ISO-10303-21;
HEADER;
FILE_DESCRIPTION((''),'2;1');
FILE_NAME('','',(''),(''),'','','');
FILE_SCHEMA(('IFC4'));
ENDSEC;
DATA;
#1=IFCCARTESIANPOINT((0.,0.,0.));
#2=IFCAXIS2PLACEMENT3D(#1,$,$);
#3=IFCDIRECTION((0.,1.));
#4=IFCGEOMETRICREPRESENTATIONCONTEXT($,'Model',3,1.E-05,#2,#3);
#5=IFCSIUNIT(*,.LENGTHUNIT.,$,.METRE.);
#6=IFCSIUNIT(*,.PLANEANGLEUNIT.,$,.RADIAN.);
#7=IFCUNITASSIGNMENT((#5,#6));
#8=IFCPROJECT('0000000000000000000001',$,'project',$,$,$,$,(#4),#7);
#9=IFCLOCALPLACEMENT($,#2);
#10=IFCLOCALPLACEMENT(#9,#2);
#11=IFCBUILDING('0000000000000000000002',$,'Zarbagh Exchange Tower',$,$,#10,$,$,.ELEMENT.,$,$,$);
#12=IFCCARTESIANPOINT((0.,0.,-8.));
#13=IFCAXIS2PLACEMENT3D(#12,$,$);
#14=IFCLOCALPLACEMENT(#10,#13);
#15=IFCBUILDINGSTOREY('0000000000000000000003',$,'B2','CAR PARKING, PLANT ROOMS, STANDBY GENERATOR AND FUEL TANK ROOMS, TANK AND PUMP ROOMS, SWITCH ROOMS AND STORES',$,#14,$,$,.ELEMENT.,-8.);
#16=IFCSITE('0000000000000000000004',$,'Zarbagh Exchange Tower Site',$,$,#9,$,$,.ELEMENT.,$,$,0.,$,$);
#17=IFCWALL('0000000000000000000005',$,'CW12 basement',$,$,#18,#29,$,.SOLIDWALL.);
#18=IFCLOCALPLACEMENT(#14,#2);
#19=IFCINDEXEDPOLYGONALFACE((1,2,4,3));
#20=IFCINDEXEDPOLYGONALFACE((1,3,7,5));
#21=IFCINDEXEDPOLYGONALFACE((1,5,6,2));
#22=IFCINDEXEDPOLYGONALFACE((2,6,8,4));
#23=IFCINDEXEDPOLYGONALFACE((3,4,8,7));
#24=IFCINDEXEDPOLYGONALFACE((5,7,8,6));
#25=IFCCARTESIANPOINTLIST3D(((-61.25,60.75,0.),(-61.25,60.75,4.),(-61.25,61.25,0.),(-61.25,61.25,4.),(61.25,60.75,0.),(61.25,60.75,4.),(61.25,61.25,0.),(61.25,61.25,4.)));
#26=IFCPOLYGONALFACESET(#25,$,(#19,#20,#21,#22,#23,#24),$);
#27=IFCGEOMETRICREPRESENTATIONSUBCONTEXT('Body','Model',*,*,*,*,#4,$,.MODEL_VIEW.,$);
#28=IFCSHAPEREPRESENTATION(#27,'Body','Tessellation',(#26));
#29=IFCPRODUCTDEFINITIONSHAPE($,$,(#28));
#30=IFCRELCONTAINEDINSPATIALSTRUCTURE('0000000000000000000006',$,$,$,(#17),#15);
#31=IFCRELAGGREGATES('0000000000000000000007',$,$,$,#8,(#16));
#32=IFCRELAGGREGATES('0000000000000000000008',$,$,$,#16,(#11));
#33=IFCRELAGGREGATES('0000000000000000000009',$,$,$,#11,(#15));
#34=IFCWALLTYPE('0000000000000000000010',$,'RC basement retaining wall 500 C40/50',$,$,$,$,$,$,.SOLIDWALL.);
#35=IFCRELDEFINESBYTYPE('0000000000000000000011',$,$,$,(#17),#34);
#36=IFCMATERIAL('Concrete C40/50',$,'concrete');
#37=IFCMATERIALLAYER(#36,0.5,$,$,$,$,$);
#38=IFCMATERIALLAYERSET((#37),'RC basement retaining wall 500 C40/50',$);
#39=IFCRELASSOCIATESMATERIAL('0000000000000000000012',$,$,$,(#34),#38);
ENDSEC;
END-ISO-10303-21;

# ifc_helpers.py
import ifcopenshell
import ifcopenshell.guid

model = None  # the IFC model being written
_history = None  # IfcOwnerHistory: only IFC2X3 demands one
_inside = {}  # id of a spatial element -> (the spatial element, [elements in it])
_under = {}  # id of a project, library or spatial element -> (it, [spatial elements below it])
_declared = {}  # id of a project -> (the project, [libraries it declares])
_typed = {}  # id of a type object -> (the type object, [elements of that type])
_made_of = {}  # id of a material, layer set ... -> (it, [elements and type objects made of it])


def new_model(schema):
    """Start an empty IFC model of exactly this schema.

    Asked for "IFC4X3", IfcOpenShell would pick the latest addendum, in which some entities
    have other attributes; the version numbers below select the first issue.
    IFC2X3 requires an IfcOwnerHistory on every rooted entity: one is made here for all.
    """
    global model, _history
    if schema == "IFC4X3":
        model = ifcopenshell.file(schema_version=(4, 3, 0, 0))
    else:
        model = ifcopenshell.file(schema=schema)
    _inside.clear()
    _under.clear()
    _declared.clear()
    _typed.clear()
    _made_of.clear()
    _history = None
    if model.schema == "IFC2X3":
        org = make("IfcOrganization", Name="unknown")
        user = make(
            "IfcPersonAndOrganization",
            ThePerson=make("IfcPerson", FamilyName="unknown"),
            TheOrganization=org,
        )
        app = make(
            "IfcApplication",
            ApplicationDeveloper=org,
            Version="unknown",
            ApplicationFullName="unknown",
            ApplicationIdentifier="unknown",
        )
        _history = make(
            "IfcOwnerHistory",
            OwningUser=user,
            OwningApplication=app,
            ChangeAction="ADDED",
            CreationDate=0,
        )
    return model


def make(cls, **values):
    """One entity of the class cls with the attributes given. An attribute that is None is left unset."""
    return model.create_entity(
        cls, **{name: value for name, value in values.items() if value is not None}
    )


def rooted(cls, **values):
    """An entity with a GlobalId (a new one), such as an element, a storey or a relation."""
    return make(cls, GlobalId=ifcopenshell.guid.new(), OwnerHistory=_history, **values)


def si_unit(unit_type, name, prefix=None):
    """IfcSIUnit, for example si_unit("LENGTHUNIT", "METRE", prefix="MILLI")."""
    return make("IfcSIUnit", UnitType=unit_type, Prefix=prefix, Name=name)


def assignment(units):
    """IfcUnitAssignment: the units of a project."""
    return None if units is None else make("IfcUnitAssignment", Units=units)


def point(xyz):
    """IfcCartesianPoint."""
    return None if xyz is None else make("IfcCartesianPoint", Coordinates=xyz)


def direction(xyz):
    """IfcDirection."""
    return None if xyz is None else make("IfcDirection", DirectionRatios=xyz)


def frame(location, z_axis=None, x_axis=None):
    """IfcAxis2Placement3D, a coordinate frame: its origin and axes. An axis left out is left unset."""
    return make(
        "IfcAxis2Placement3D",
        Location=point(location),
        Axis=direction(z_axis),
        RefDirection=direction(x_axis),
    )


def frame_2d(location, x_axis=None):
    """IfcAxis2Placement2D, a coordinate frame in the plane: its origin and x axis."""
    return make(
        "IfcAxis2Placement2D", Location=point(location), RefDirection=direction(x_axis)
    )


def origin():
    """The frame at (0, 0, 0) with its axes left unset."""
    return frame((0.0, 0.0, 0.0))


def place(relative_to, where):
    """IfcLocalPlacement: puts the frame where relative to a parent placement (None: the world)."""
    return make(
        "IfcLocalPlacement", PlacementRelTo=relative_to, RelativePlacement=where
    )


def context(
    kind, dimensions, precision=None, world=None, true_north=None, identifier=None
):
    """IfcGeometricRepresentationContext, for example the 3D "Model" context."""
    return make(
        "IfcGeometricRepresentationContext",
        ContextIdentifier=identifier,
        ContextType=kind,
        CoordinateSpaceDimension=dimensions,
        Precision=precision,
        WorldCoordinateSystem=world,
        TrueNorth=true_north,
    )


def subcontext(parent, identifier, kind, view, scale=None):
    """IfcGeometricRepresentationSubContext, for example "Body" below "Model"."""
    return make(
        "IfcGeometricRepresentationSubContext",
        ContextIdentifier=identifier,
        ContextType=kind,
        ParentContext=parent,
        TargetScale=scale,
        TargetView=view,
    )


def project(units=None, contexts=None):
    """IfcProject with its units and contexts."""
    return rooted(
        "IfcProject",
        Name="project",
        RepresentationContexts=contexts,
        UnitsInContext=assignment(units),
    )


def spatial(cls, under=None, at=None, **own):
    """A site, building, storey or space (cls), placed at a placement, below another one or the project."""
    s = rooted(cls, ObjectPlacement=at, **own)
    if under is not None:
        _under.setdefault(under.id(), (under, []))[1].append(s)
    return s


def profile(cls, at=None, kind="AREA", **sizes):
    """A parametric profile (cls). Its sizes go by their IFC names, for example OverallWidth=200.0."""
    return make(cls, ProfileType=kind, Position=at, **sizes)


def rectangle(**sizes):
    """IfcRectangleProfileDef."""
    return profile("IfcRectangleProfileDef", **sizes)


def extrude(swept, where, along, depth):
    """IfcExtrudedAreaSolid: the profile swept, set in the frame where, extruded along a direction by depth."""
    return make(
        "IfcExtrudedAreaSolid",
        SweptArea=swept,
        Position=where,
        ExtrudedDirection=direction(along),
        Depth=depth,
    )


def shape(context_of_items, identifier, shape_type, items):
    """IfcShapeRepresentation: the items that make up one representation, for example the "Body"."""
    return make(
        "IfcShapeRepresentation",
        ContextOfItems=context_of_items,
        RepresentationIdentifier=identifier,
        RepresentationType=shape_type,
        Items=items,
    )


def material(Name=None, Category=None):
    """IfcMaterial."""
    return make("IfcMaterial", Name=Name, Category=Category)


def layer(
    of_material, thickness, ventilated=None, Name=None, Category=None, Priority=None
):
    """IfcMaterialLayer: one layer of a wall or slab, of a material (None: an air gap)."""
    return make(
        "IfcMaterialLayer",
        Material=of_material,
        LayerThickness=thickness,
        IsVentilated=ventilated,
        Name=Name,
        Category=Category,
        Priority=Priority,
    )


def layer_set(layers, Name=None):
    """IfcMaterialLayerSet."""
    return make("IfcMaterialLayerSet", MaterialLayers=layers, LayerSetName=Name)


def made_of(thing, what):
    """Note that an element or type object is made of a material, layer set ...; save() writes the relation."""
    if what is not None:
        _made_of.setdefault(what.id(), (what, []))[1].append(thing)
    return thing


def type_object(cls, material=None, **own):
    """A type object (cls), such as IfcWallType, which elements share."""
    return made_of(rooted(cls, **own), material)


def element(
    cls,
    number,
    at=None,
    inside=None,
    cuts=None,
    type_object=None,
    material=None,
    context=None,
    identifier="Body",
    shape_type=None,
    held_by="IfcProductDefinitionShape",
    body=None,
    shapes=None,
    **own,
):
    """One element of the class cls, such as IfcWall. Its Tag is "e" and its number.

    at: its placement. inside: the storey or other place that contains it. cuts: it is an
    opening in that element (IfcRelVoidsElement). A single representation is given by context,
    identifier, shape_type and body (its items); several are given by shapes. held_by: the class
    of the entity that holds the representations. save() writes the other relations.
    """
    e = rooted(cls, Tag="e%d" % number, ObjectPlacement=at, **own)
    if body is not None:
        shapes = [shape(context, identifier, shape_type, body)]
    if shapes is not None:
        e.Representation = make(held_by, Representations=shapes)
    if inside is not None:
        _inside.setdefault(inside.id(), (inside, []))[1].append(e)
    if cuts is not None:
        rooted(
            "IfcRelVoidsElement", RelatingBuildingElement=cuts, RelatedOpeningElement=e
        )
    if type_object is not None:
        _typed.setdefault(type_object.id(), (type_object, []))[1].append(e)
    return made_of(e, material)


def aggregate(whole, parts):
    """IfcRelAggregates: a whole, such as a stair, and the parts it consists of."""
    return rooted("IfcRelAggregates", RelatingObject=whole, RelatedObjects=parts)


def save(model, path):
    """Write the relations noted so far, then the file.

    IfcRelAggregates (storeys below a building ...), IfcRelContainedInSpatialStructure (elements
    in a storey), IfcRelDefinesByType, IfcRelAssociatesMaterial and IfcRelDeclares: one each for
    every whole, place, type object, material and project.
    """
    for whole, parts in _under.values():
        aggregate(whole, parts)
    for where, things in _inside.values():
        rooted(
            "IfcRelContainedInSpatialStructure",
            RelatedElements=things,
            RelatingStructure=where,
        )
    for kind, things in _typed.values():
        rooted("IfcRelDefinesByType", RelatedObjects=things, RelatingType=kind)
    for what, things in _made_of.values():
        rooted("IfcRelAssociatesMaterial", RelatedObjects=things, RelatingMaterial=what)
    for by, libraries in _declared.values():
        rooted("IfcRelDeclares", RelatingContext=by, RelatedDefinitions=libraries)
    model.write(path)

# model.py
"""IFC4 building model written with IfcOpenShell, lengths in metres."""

from ifc_helpers import new_model, si_unit, direction, frame, frame_2d, origin, place, context, subcontext, project, spatial, rectangle, extrude, material, layer, layer_set, type_object, element, save


model = new_model("IFC4")

# Units and contexts
model_context = context("Model", 3, precision=1e-05, world=origin(), true_north=direction((0.0, 1.0)))
body_context = subcontext(model_context, "Body", "Model", "MODEL_VIEW")
ifc_project = project(units=[si_unit("LENGTHUNIT", "METRE"), si_unit("PLANEANGLEUNIT", "RADIAN")], contexts=[model_context])

# Site, building, storey
site_placement = place(None, origin())
site = spatial("IfcSite", under=ifc_project, at=site_placement, Name="Zarbagh Exchange Tower Site", CompositionType="ELEMENT", RefElevation=0.0)
building_placement = place(site_placement, origin())
building = spatial("IfcBuilding", under=site, at=building_placement, Name="Zarbagh Exchange Tower", CompositionType="ELEMENT")
storey_placement = place(building_placement, frame((0.0, 0.0, -8.0)))
storey = spatial("IfcBuildingStorey", under=building, at=storey_placement, Name="B2", Description="CAR PARKING, PLANT ROOMS, STANDBY GENERATOR AND FUEL TANK ROOMS, TANK AND PUMP ROOMS, SWITCH ROOMS AND STORES", CompositionType="ELEMENT", Elevation=-8.0)

# Shared definitions
ifc_material_1 = material(Name="Concrete C40/50", Category="concrete")

# Wall
ifc_layer_1 = layer(ifc_material_1, 0.5)
ifc_layer_set_1 = layer_set([ifc_layer_1], Name="RC basement retaining wall 500 C40/50")
wall_type_1 = type_object("IfcWallType", Name="RC basement retaining wall 500 C40/50", PredefinedType="SOLIDWALL", material=ifc_layer_set_1)
wall_1_placement = place(storey_placement, frame((-61.25, 61.0, 0.0), z_axis=(0.0, 0.0, 1.0), x_axis=(1.0, 0.0, 0.0)))
element("IfcWall", 1, at=wall_1_placement, inside=storey, type_object=wall_type_1, Name="CW12 basement", PredefinedType="SOLIDWALL", context=body_context, shape_type="SweptSolid", body=[
    extrude(rectangle(XDim=122.5, YDim=0.5, at=frame_2d((61.25, 0.0))), origin(), (0.0, 0.0, 1.0), 4.0),
])

save(model, "model.ifc")
